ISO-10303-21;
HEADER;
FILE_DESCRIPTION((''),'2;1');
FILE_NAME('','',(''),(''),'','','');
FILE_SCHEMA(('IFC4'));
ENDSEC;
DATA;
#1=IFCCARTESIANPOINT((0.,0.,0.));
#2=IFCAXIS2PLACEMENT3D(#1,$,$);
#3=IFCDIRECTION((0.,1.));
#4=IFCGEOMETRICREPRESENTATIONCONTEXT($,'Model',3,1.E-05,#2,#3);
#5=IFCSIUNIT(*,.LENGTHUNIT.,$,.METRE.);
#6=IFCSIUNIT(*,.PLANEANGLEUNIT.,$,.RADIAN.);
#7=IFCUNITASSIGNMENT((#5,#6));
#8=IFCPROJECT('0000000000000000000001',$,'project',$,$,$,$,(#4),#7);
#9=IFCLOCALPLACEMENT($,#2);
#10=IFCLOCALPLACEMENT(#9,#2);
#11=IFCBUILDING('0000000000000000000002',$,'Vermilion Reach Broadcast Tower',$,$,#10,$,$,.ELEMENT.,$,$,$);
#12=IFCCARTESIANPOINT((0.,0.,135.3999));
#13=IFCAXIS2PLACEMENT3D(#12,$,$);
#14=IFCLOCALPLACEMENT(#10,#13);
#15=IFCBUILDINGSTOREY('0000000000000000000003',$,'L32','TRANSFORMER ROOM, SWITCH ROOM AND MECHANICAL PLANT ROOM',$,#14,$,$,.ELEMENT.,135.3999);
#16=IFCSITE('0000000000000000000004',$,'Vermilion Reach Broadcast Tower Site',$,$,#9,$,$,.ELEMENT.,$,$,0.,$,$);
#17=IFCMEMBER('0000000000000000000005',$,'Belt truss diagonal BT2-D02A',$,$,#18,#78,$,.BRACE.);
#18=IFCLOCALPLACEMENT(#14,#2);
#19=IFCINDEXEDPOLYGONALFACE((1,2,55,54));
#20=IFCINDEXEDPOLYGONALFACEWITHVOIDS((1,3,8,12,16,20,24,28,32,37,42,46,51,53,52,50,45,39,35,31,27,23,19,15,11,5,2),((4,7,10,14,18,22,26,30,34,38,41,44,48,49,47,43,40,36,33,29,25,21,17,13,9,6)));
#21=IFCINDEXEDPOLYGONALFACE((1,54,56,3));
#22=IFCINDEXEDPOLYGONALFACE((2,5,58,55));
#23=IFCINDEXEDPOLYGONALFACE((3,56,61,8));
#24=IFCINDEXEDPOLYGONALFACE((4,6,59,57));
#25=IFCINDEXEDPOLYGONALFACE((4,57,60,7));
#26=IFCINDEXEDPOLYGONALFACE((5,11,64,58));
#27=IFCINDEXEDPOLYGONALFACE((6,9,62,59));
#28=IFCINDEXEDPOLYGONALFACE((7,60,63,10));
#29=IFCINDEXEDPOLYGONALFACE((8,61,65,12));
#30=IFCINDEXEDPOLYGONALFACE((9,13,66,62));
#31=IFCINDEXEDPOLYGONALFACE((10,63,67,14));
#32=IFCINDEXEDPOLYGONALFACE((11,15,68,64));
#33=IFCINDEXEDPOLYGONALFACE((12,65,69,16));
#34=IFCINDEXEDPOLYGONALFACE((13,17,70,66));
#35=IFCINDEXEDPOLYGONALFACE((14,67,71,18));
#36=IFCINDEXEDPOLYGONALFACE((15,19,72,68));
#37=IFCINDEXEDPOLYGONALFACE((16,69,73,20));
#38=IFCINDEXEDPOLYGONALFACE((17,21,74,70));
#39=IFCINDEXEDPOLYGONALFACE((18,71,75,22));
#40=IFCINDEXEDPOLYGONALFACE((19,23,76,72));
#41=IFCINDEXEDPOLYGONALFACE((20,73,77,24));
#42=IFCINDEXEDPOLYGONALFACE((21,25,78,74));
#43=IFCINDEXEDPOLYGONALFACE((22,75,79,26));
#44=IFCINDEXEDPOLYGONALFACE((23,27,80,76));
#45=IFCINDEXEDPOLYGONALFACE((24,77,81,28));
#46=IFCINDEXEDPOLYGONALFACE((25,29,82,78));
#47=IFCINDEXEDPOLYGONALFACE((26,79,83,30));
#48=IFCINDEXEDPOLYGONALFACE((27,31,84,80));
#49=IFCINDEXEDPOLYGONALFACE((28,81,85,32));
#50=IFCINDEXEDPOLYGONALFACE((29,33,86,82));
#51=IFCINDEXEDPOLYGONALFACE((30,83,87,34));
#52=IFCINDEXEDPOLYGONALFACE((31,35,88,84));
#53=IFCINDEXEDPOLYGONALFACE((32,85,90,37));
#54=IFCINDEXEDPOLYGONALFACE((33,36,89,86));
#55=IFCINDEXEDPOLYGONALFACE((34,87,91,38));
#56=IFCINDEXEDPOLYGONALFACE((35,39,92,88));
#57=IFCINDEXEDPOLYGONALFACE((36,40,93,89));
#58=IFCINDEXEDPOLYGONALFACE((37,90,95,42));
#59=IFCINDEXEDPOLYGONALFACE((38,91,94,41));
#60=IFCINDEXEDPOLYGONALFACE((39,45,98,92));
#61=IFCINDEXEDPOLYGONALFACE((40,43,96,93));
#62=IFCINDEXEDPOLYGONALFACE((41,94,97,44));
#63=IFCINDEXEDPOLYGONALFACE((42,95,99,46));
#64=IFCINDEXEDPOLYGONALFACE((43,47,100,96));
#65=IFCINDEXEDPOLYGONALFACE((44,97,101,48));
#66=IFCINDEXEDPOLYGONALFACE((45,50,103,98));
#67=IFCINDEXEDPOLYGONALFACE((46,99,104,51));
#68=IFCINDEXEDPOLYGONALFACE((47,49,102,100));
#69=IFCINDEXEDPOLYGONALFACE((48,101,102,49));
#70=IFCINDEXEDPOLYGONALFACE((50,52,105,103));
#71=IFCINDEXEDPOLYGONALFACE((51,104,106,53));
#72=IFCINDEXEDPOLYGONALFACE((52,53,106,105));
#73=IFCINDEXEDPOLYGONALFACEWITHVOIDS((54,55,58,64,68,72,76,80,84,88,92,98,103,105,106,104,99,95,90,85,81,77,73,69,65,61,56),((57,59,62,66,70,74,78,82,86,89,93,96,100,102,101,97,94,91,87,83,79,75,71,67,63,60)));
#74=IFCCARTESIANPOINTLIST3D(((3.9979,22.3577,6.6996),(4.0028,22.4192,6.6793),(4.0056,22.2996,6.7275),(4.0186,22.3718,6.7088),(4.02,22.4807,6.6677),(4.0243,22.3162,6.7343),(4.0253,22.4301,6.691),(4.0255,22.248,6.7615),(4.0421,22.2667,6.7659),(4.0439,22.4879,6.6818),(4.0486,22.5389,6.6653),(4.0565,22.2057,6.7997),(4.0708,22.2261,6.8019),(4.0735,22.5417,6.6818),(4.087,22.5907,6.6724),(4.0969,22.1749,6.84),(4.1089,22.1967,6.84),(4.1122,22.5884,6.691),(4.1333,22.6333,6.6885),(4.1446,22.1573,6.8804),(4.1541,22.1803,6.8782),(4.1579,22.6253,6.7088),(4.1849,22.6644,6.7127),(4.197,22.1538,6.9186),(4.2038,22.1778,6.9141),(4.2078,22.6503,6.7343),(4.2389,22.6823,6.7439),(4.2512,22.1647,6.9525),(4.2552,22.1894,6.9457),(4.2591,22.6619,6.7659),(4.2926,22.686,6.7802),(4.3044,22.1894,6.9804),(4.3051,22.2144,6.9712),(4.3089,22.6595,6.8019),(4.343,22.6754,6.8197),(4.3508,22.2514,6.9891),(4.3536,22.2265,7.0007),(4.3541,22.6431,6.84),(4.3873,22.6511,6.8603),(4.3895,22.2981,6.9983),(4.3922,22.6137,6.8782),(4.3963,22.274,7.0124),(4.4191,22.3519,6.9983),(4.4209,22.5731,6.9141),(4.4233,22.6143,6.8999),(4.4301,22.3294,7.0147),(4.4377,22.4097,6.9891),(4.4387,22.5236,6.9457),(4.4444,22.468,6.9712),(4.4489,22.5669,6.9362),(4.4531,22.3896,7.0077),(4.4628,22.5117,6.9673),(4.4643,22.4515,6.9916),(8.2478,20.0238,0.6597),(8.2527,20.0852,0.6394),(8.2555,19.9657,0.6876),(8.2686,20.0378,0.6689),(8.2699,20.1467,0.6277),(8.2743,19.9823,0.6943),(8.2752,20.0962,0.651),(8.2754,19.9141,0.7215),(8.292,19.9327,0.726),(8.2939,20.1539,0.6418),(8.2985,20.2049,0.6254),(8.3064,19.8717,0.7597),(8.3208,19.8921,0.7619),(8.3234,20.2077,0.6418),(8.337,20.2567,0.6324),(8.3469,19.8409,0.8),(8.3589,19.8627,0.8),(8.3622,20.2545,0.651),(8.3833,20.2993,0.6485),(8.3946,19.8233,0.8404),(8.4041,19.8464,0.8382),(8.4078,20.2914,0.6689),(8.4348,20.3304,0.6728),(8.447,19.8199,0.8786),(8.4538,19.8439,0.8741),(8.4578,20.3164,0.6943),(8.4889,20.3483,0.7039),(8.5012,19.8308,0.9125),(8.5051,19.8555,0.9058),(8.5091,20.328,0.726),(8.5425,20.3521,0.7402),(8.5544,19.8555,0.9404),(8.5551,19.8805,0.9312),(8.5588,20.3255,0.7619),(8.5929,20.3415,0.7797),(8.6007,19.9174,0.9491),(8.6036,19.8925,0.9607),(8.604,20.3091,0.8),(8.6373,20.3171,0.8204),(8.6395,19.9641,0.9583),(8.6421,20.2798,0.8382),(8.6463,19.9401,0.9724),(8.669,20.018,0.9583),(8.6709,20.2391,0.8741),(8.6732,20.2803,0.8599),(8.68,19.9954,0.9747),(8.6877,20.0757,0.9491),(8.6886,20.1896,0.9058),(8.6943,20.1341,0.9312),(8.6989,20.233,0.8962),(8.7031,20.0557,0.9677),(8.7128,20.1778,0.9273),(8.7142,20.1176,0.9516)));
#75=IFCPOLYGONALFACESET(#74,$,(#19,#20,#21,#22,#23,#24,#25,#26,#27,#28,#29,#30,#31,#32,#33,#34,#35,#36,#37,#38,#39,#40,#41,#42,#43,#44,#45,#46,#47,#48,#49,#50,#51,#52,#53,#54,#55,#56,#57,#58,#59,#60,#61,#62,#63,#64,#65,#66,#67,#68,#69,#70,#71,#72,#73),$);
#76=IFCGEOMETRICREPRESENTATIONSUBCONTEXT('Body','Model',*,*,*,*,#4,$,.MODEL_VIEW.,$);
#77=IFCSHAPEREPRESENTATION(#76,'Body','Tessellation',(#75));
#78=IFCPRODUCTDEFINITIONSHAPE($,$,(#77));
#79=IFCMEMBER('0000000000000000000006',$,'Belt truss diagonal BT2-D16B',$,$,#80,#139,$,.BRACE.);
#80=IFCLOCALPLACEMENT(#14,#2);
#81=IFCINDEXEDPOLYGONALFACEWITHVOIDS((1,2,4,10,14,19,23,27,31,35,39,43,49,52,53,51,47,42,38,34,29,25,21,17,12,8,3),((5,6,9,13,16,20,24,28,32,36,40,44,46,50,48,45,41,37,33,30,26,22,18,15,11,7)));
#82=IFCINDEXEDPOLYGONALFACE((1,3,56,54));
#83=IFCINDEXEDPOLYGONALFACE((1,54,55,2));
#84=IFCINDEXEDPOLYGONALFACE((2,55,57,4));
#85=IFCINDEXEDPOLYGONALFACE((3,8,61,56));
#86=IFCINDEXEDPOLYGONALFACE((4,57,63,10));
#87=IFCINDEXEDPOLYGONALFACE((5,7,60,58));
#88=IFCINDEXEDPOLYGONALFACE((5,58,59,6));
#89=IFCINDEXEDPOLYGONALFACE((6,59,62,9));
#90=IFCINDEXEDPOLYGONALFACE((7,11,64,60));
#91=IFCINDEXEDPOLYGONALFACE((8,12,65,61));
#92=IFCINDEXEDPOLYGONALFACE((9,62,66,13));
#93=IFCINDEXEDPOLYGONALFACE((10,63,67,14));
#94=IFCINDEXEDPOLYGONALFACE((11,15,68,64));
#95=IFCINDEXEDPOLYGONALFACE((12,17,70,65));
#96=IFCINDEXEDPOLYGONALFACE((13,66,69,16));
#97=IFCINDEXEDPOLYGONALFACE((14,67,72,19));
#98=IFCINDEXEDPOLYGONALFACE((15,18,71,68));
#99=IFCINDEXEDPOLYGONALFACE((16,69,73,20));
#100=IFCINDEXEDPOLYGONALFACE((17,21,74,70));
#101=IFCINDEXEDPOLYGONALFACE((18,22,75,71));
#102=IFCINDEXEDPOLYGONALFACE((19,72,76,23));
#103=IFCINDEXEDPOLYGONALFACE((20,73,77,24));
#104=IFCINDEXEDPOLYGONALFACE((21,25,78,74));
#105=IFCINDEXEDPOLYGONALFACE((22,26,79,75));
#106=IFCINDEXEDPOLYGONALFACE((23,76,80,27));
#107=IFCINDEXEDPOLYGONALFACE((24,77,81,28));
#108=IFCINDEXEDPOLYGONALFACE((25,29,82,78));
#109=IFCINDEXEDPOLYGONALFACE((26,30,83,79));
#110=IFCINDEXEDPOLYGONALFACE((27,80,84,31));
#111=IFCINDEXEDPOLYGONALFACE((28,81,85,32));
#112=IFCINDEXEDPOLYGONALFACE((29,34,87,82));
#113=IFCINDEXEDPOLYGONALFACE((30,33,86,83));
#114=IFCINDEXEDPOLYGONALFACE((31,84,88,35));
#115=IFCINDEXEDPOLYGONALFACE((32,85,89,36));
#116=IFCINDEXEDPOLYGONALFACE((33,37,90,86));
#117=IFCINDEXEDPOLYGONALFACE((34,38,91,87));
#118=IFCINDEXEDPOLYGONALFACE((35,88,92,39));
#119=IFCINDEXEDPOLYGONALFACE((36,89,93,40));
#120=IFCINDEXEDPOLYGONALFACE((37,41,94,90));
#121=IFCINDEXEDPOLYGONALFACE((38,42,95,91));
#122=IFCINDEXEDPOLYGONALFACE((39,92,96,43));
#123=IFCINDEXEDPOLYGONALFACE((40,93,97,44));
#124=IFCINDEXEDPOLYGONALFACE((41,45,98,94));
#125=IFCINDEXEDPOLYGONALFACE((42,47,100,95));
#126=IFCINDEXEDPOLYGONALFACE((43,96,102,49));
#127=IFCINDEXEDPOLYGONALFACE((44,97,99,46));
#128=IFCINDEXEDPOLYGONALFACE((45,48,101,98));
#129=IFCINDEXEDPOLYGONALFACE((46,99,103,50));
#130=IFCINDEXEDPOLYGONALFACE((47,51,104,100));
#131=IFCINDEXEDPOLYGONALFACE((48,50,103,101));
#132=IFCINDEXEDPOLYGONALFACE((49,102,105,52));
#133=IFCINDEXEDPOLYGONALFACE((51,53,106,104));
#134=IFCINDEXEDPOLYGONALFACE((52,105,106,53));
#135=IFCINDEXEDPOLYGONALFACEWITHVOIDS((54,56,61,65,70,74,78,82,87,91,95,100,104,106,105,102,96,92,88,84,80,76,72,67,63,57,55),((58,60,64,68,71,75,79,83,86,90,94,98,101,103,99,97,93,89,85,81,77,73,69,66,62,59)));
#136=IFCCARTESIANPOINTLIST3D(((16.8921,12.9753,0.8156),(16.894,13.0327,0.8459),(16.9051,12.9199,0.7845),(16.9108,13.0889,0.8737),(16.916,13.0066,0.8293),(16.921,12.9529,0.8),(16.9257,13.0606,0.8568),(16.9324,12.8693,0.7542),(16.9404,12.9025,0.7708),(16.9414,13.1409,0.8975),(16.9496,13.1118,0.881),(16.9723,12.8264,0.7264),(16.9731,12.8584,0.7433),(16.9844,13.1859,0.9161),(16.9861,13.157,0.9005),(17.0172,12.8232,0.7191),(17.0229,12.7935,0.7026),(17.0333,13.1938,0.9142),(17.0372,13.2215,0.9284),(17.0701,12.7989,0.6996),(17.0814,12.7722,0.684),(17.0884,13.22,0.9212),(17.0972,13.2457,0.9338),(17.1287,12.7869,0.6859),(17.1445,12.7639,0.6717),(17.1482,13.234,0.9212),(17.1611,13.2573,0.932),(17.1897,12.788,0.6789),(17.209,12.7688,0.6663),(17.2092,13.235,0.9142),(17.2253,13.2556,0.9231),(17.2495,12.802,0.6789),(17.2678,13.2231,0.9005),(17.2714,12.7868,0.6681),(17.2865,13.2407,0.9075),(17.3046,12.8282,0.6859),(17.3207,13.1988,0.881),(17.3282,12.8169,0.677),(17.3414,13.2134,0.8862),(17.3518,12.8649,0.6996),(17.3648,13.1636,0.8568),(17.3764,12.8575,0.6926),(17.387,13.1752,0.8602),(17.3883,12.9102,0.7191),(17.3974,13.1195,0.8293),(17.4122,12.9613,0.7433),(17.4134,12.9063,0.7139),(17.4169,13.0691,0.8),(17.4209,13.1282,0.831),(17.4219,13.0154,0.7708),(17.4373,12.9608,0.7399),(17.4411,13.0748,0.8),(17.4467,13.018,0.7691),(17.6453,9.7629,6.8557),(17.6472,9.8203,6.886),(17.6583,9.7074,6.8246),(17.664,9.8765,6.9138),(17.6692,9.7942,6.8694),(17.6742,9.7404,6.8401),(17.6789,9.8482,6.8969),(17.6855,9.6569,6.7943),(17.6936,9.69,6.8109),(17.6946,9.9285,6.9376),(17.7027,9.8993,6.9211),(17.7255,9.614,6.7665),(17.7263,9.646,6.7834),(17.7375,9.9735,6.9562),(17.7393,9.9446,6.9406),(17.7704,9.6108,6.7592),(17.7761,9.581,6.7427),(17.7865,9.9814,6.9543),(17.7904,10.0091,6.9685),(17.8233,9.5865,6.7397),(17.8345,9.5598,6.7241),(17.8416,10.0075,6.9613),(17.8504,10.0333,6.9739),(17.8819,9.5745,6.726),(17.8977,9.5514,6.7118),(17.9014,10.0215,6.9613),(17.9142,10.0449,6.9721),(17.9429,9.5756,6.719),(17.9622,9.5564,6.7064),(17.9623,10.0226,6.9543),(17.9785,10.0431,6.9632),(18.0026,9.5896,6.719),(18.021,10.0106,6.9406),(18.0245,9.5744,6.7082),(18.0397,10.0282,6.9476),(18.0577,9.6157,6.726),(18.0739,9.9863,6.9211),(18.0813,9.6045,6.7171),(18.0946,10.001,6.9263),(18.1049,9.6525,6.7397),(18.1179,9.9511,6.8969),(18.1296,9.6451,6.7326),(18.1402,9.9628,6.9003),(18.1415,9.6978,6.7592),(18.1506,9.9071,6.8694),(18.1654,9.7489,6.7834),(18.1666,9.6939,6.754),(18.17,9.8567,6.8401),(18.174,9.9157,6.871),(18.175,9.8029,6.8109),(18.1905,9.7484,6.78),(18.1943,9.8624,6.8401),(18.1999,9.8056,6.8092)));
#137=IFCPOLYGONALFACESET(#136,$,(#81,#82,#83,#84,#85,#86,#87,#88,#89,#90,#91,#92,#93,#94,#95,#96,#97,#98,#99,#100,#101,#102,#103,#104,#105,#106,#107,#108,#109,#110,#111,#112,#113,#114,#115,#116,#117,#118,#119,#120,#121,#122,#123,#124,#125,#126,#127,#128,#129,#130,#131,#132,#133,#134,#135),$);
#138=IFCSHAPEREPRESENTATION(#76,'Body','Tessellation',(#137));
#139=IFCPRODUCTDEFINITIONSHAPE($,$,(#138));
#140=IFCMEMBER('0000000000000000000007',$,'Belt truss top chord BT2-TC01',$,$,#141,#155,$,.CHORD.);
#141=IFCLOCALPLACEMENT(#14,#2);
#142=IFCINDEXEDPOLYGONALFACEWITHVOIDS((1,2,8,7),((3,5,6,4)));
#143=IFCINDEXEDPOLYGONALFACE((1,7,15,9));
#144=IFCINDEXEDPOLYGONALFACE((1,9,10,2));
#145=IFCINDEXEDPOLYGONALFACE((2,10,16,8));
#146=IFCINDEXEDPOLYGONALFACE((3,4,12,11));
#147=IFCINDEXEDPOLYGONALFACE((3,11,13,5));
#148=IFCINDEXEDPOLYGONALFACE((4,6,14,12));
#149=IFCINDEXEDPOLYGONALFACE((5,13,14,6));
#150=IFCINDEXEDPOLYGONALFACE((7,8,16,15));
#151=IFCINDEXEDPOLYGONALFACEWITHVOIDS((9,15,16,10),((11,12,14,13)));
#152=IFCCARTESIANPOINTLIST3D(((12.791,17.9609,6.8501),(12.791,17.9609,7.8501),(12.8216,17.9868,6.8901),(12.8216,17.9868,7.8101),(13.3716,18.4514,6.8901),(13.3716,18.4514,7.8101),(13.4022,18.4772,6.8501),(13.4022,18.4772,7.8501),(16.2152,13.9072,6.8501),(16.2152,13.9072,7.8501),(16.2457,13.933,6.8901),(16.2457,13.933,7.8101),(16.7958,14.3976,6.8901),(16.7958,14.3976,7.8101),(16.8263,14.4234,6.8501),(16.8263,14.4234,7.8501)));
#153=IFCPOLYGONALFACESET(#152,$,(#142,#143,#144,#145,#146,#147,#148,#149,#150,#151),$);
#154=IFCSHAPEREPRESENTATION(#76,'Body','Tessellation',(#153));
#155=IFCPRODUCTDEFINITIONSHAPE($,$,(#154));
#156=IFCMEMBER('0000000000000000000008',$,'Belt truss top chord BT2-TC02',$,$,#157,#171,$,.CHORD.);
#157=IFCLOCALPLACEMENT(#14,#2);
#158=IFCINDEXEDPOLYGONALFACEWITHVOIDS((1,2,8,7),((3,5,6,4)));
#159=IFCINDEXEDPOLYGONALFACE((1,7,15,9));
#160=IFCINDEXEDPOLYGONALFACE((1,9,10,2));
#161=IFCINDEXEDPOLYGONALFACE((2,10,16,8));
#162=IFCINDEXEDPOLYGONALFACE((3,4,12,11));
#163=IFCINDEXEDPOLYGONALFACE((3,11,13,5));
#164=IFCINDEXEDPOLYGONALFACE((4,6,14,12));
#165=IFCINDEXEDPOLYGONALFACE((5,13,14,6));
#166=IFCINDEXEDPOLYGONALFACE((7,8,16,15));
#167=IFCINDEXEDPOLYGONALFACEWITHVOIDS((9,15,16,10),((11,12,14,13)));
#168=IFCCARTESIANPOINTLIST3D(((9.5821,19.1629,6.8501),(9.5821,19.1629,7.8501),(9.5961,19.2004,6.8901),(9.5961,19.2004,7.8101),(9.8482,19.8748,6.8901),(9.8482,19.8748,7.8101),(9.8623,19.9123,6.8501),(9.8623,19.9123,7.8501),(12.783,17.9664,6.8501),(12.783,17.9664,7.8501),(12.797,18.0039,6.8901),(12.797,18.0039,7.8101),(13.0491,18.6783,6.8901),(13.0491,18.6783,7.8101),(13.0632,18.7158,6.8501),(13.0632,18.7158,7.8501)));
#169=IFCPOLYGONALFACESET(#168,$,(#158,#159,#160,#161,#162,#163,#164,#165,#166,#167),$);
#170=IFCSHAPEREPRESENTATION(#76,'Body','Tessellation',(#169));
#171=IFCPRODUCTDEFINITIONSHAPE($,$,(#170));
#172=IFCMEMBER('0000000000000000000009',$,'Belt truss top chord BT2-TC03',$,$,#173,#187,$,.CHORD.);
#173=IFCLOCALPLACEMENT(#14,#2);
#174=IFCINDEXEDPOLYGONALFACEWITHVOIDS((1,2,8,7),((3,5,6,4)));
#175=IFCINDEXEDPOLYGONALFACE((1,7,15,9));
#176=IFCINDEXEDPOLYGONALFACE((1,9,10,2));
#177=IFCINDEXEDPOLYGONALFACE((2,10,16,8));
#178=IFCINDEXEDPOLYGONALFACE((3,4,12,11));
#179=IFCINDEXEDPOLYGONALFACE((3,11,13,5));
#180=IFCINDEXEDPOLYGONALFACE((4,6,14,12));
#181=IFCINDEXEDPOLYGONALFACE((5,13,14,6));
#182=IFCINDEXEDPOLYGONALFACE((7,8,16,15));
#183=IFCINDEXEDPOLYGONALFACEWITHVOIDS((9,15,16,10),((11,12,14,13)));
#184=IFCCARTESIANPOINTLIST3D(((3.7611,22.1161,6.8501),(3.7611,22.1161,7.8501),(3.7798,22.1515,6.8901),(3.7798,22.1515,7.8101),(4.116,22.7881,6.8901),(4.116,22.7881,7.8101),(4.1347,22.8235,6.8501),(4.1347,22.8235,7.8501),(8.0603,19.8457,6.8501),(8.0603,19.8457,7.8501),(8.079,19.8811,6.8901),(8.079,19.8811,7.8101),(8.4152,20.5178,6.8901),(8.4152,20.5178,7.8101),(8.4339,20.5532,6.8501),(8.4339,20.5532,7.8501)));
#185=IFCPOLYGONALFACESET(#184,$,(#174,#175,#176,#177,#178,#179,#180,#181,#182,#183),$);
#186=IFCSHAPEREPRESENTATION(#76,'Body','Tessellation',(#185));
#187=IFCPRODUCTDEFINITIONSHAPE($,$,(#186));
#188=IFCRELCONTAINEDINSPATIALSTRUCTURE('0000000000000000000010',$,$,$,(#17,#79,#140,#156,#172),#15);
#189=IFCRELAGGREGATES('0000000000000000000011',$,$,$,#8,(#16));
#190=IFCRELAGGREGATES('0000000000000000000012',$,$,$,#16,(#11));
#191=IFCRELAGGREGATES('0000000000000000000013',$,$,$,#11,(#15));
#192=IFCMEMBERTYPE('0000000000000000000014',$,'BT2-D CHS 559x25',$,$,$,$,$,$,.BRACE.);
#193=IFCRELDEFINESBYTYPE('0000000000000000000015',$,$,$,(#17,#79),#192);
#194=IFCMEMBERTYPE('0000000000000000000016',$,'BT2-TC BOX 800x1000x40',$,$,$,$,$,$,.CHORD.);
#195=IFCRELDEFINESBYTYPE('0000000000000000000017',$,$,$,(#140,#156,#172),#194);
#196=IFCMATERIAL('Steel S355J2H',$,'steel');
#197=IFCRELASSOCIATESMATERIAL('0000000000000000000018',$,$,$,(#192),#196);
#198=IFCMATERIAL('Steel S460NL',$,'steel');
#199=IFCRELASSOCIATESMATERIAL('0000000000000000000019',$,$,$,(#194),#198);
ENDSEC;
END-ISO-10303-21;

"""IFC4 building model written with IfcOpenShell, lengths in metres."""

from ifc_helpers import new_model, si_unit, direction, frame, origin, origin_2d, place, context, subcontext, project, spatial, hollow_rectangle, hollow_circle, extrude, material, material_profile, profile_set, type_object, element, save


model = new_model("IFC4")

# Units and contexts
model_context = context("Model", 3, precision=1e-05, world=origin(), true_north=direction((0.0, 1.0)))
body_context = subcontext(model_context, "Body", "Model", "MODEL_VIEW")
ifc_project = project(units=[si_unit("LENGTHUNIT", "METRE"), si_unit("PLANEANGLEUNIT", "RADIAN")], contexts=[model_context])

# Site, building, storey
site_placement = place(None, origin())
site = spatial("IfcSite", under=ifc_project, at=site_placement, Name="Vermilion Reach Broadcast Tower Site", CompositionType="ELEMENT", RefElevation=0.0)
building_placement = place(site_placement, origin())
building = spatial("IfcBuilding", under=site, at=building_placement, Name="Vermilion Reach Broadcast Tower", CompositionType="ELEMENT")
storey_placement = place(building_placement, frame((0.0, 0.0, 135.3999)))
storey = spatial("IfcBuildingStorey", under=building, at=storey_placement, Name="L32", Description="TRANSFORMER ROOM, SWITCH ROOM AND MECHANICAL PLANT ROOM", CompositionType="ELEMENT", Elevation=135.3999)

# Members
ifc_material_1 = material(Name="Steel S355J2H", Category="steel")
ifc_material_profile_1 = material_profile(ifc_material_1, hollow_circle(Radius=0.2795, WallThickness=0.0249, at=origin_2d()), Name="S355J2H CHS 559x25")
ifc_profile_set_1 = profile_set([ifc_material_profile_1], Name="Steel S355J2H")
member_type_1 = type_object("IfcMemberType", Name="BT2-D CHS 559x25", PredefinedType="BRACE", material=ifc_profile_set_1)
member_1_placement = place(storey_placement, frame((8.4814, 20.0859, 0.8), z_axis=(-0.548709, 0.301336, 0.779817), x_axis=(-0.481362, -0.876522, 0.0)))
element("IfcMember", 1, at=member_1_placement, inside=storey, type_object=member_type_1, Name="Belt truss diagonal BT2-D02A", PredefinedType="BRACE", context=body_context, shape_type="SweptSolid", body=[
    extrude(hollow_circle(Radius=0.2795, WallThickness=0.0249, at=origin_2d()), origin(), (0.0, 0.0, 1.0), 7.7454),
])
member_2_placement = place(storey_placement, frame((17.1689, 13.011, 0.8), z_axis=(0.109433, -0.466749, 0.877593), x_axis=(0.973598, 0.228268, 0.0)))
element("IfcMember", 2, at=member_2_placement, inside=storey, type_object=member_type_1, Name="Belt truss diagonal BT2-D16B", PredefinedType="BRACE", context=body_context, shape_type="SweptSolid", body=[
    extrude(hollow_circle(Radius=0.2795, WallThickness=0.0249, at=origin_2d()), origin(), (0.0, 0.0, 1.0), 6.8826),
])
ifc_material_2 = material(Name="Steel S460NL", Category="steel")
ifc_material_profile_2 = material_profile(ifc_material_2, hollow_rectangle(XDim=0.8, YDim=1.0, WallThickness=0.04, at=origin_2d()), Name="S460NL BOX 800x1000x40")
ifc_profile_set_2 = profile_set([ifc_material_profile_2], Name="Steel S460NL")
member_type_2 = type_object("IfcMemberType", Name="BT2-TC BOX 800x1000x40", PredefinedType="CHORD", material=ifc_profile_set_2)
member_3_placement = place(storey_placement, frame((16.5208, 14.1653, 7.3501), z_axis=(-0.645284, 0.763943, 0.0), x_axis=(-0.763943, -0.645284, 0.0)))
element("IfcMember", 3, at=member_3_placement, inside=storey, type_object=member_type_2, Name="Belt truss top chord BT2-TC01", PredefinedType="CHORD", context=body_context, shape_type="SweptSolid", body=[
    extrude(hollow_rectangle(XDim=0.8, YDim=1.0, WallThickness=0.04, at=origin_2d()), origin(), (0.0, 0.0, 1.0), 5.3064),
])
member_4_placement = place(storey_placement, frame((12.9231, 18.3411, 7.3501), z_axis=(-0.936696, 0.350145, 0.0), x_axis=(-0.350145, -0.936696, 0.0)))
element("IfcMember", 4, at=member_4_placement, inside=storey, type_object=member_type_2, Name="Belt truss top chord BT2-TC02", PredefinedType="CHORD", context=body_context, shape_type="SweptSolid", body=[
    extrude(hollow_rectangle(XDim=0.8, YDim=1.0, WallThickness=0.04, at=origin_2d()), origin(), (0.0, 0.0, 1.0), 3.4172),
])
member_5_placement = place(storey_placement, frame((8.2471, 20.1995, 7.3501), z_axis=(-0.884274, 0.466969, 0.0), x_axis=(-0.466969, -0.884274, 0.0)))
element("IfcMember", 5, at=member_5_placement, inside=storey, type_object=member_type_2, Name="Belt truss top chord BT2-TC03", PredefinedType="CHORD", context=body_context, shape_type="SweptSolid", body=[
    extrude(hollow_rectangle(XDim=0.8, YDim=1.0, WallThickness=0.04, at=origin_2d()), origin(), (0.0, 0.0, 1.0), 4.8618),
])

save(model, "model.ifc")
